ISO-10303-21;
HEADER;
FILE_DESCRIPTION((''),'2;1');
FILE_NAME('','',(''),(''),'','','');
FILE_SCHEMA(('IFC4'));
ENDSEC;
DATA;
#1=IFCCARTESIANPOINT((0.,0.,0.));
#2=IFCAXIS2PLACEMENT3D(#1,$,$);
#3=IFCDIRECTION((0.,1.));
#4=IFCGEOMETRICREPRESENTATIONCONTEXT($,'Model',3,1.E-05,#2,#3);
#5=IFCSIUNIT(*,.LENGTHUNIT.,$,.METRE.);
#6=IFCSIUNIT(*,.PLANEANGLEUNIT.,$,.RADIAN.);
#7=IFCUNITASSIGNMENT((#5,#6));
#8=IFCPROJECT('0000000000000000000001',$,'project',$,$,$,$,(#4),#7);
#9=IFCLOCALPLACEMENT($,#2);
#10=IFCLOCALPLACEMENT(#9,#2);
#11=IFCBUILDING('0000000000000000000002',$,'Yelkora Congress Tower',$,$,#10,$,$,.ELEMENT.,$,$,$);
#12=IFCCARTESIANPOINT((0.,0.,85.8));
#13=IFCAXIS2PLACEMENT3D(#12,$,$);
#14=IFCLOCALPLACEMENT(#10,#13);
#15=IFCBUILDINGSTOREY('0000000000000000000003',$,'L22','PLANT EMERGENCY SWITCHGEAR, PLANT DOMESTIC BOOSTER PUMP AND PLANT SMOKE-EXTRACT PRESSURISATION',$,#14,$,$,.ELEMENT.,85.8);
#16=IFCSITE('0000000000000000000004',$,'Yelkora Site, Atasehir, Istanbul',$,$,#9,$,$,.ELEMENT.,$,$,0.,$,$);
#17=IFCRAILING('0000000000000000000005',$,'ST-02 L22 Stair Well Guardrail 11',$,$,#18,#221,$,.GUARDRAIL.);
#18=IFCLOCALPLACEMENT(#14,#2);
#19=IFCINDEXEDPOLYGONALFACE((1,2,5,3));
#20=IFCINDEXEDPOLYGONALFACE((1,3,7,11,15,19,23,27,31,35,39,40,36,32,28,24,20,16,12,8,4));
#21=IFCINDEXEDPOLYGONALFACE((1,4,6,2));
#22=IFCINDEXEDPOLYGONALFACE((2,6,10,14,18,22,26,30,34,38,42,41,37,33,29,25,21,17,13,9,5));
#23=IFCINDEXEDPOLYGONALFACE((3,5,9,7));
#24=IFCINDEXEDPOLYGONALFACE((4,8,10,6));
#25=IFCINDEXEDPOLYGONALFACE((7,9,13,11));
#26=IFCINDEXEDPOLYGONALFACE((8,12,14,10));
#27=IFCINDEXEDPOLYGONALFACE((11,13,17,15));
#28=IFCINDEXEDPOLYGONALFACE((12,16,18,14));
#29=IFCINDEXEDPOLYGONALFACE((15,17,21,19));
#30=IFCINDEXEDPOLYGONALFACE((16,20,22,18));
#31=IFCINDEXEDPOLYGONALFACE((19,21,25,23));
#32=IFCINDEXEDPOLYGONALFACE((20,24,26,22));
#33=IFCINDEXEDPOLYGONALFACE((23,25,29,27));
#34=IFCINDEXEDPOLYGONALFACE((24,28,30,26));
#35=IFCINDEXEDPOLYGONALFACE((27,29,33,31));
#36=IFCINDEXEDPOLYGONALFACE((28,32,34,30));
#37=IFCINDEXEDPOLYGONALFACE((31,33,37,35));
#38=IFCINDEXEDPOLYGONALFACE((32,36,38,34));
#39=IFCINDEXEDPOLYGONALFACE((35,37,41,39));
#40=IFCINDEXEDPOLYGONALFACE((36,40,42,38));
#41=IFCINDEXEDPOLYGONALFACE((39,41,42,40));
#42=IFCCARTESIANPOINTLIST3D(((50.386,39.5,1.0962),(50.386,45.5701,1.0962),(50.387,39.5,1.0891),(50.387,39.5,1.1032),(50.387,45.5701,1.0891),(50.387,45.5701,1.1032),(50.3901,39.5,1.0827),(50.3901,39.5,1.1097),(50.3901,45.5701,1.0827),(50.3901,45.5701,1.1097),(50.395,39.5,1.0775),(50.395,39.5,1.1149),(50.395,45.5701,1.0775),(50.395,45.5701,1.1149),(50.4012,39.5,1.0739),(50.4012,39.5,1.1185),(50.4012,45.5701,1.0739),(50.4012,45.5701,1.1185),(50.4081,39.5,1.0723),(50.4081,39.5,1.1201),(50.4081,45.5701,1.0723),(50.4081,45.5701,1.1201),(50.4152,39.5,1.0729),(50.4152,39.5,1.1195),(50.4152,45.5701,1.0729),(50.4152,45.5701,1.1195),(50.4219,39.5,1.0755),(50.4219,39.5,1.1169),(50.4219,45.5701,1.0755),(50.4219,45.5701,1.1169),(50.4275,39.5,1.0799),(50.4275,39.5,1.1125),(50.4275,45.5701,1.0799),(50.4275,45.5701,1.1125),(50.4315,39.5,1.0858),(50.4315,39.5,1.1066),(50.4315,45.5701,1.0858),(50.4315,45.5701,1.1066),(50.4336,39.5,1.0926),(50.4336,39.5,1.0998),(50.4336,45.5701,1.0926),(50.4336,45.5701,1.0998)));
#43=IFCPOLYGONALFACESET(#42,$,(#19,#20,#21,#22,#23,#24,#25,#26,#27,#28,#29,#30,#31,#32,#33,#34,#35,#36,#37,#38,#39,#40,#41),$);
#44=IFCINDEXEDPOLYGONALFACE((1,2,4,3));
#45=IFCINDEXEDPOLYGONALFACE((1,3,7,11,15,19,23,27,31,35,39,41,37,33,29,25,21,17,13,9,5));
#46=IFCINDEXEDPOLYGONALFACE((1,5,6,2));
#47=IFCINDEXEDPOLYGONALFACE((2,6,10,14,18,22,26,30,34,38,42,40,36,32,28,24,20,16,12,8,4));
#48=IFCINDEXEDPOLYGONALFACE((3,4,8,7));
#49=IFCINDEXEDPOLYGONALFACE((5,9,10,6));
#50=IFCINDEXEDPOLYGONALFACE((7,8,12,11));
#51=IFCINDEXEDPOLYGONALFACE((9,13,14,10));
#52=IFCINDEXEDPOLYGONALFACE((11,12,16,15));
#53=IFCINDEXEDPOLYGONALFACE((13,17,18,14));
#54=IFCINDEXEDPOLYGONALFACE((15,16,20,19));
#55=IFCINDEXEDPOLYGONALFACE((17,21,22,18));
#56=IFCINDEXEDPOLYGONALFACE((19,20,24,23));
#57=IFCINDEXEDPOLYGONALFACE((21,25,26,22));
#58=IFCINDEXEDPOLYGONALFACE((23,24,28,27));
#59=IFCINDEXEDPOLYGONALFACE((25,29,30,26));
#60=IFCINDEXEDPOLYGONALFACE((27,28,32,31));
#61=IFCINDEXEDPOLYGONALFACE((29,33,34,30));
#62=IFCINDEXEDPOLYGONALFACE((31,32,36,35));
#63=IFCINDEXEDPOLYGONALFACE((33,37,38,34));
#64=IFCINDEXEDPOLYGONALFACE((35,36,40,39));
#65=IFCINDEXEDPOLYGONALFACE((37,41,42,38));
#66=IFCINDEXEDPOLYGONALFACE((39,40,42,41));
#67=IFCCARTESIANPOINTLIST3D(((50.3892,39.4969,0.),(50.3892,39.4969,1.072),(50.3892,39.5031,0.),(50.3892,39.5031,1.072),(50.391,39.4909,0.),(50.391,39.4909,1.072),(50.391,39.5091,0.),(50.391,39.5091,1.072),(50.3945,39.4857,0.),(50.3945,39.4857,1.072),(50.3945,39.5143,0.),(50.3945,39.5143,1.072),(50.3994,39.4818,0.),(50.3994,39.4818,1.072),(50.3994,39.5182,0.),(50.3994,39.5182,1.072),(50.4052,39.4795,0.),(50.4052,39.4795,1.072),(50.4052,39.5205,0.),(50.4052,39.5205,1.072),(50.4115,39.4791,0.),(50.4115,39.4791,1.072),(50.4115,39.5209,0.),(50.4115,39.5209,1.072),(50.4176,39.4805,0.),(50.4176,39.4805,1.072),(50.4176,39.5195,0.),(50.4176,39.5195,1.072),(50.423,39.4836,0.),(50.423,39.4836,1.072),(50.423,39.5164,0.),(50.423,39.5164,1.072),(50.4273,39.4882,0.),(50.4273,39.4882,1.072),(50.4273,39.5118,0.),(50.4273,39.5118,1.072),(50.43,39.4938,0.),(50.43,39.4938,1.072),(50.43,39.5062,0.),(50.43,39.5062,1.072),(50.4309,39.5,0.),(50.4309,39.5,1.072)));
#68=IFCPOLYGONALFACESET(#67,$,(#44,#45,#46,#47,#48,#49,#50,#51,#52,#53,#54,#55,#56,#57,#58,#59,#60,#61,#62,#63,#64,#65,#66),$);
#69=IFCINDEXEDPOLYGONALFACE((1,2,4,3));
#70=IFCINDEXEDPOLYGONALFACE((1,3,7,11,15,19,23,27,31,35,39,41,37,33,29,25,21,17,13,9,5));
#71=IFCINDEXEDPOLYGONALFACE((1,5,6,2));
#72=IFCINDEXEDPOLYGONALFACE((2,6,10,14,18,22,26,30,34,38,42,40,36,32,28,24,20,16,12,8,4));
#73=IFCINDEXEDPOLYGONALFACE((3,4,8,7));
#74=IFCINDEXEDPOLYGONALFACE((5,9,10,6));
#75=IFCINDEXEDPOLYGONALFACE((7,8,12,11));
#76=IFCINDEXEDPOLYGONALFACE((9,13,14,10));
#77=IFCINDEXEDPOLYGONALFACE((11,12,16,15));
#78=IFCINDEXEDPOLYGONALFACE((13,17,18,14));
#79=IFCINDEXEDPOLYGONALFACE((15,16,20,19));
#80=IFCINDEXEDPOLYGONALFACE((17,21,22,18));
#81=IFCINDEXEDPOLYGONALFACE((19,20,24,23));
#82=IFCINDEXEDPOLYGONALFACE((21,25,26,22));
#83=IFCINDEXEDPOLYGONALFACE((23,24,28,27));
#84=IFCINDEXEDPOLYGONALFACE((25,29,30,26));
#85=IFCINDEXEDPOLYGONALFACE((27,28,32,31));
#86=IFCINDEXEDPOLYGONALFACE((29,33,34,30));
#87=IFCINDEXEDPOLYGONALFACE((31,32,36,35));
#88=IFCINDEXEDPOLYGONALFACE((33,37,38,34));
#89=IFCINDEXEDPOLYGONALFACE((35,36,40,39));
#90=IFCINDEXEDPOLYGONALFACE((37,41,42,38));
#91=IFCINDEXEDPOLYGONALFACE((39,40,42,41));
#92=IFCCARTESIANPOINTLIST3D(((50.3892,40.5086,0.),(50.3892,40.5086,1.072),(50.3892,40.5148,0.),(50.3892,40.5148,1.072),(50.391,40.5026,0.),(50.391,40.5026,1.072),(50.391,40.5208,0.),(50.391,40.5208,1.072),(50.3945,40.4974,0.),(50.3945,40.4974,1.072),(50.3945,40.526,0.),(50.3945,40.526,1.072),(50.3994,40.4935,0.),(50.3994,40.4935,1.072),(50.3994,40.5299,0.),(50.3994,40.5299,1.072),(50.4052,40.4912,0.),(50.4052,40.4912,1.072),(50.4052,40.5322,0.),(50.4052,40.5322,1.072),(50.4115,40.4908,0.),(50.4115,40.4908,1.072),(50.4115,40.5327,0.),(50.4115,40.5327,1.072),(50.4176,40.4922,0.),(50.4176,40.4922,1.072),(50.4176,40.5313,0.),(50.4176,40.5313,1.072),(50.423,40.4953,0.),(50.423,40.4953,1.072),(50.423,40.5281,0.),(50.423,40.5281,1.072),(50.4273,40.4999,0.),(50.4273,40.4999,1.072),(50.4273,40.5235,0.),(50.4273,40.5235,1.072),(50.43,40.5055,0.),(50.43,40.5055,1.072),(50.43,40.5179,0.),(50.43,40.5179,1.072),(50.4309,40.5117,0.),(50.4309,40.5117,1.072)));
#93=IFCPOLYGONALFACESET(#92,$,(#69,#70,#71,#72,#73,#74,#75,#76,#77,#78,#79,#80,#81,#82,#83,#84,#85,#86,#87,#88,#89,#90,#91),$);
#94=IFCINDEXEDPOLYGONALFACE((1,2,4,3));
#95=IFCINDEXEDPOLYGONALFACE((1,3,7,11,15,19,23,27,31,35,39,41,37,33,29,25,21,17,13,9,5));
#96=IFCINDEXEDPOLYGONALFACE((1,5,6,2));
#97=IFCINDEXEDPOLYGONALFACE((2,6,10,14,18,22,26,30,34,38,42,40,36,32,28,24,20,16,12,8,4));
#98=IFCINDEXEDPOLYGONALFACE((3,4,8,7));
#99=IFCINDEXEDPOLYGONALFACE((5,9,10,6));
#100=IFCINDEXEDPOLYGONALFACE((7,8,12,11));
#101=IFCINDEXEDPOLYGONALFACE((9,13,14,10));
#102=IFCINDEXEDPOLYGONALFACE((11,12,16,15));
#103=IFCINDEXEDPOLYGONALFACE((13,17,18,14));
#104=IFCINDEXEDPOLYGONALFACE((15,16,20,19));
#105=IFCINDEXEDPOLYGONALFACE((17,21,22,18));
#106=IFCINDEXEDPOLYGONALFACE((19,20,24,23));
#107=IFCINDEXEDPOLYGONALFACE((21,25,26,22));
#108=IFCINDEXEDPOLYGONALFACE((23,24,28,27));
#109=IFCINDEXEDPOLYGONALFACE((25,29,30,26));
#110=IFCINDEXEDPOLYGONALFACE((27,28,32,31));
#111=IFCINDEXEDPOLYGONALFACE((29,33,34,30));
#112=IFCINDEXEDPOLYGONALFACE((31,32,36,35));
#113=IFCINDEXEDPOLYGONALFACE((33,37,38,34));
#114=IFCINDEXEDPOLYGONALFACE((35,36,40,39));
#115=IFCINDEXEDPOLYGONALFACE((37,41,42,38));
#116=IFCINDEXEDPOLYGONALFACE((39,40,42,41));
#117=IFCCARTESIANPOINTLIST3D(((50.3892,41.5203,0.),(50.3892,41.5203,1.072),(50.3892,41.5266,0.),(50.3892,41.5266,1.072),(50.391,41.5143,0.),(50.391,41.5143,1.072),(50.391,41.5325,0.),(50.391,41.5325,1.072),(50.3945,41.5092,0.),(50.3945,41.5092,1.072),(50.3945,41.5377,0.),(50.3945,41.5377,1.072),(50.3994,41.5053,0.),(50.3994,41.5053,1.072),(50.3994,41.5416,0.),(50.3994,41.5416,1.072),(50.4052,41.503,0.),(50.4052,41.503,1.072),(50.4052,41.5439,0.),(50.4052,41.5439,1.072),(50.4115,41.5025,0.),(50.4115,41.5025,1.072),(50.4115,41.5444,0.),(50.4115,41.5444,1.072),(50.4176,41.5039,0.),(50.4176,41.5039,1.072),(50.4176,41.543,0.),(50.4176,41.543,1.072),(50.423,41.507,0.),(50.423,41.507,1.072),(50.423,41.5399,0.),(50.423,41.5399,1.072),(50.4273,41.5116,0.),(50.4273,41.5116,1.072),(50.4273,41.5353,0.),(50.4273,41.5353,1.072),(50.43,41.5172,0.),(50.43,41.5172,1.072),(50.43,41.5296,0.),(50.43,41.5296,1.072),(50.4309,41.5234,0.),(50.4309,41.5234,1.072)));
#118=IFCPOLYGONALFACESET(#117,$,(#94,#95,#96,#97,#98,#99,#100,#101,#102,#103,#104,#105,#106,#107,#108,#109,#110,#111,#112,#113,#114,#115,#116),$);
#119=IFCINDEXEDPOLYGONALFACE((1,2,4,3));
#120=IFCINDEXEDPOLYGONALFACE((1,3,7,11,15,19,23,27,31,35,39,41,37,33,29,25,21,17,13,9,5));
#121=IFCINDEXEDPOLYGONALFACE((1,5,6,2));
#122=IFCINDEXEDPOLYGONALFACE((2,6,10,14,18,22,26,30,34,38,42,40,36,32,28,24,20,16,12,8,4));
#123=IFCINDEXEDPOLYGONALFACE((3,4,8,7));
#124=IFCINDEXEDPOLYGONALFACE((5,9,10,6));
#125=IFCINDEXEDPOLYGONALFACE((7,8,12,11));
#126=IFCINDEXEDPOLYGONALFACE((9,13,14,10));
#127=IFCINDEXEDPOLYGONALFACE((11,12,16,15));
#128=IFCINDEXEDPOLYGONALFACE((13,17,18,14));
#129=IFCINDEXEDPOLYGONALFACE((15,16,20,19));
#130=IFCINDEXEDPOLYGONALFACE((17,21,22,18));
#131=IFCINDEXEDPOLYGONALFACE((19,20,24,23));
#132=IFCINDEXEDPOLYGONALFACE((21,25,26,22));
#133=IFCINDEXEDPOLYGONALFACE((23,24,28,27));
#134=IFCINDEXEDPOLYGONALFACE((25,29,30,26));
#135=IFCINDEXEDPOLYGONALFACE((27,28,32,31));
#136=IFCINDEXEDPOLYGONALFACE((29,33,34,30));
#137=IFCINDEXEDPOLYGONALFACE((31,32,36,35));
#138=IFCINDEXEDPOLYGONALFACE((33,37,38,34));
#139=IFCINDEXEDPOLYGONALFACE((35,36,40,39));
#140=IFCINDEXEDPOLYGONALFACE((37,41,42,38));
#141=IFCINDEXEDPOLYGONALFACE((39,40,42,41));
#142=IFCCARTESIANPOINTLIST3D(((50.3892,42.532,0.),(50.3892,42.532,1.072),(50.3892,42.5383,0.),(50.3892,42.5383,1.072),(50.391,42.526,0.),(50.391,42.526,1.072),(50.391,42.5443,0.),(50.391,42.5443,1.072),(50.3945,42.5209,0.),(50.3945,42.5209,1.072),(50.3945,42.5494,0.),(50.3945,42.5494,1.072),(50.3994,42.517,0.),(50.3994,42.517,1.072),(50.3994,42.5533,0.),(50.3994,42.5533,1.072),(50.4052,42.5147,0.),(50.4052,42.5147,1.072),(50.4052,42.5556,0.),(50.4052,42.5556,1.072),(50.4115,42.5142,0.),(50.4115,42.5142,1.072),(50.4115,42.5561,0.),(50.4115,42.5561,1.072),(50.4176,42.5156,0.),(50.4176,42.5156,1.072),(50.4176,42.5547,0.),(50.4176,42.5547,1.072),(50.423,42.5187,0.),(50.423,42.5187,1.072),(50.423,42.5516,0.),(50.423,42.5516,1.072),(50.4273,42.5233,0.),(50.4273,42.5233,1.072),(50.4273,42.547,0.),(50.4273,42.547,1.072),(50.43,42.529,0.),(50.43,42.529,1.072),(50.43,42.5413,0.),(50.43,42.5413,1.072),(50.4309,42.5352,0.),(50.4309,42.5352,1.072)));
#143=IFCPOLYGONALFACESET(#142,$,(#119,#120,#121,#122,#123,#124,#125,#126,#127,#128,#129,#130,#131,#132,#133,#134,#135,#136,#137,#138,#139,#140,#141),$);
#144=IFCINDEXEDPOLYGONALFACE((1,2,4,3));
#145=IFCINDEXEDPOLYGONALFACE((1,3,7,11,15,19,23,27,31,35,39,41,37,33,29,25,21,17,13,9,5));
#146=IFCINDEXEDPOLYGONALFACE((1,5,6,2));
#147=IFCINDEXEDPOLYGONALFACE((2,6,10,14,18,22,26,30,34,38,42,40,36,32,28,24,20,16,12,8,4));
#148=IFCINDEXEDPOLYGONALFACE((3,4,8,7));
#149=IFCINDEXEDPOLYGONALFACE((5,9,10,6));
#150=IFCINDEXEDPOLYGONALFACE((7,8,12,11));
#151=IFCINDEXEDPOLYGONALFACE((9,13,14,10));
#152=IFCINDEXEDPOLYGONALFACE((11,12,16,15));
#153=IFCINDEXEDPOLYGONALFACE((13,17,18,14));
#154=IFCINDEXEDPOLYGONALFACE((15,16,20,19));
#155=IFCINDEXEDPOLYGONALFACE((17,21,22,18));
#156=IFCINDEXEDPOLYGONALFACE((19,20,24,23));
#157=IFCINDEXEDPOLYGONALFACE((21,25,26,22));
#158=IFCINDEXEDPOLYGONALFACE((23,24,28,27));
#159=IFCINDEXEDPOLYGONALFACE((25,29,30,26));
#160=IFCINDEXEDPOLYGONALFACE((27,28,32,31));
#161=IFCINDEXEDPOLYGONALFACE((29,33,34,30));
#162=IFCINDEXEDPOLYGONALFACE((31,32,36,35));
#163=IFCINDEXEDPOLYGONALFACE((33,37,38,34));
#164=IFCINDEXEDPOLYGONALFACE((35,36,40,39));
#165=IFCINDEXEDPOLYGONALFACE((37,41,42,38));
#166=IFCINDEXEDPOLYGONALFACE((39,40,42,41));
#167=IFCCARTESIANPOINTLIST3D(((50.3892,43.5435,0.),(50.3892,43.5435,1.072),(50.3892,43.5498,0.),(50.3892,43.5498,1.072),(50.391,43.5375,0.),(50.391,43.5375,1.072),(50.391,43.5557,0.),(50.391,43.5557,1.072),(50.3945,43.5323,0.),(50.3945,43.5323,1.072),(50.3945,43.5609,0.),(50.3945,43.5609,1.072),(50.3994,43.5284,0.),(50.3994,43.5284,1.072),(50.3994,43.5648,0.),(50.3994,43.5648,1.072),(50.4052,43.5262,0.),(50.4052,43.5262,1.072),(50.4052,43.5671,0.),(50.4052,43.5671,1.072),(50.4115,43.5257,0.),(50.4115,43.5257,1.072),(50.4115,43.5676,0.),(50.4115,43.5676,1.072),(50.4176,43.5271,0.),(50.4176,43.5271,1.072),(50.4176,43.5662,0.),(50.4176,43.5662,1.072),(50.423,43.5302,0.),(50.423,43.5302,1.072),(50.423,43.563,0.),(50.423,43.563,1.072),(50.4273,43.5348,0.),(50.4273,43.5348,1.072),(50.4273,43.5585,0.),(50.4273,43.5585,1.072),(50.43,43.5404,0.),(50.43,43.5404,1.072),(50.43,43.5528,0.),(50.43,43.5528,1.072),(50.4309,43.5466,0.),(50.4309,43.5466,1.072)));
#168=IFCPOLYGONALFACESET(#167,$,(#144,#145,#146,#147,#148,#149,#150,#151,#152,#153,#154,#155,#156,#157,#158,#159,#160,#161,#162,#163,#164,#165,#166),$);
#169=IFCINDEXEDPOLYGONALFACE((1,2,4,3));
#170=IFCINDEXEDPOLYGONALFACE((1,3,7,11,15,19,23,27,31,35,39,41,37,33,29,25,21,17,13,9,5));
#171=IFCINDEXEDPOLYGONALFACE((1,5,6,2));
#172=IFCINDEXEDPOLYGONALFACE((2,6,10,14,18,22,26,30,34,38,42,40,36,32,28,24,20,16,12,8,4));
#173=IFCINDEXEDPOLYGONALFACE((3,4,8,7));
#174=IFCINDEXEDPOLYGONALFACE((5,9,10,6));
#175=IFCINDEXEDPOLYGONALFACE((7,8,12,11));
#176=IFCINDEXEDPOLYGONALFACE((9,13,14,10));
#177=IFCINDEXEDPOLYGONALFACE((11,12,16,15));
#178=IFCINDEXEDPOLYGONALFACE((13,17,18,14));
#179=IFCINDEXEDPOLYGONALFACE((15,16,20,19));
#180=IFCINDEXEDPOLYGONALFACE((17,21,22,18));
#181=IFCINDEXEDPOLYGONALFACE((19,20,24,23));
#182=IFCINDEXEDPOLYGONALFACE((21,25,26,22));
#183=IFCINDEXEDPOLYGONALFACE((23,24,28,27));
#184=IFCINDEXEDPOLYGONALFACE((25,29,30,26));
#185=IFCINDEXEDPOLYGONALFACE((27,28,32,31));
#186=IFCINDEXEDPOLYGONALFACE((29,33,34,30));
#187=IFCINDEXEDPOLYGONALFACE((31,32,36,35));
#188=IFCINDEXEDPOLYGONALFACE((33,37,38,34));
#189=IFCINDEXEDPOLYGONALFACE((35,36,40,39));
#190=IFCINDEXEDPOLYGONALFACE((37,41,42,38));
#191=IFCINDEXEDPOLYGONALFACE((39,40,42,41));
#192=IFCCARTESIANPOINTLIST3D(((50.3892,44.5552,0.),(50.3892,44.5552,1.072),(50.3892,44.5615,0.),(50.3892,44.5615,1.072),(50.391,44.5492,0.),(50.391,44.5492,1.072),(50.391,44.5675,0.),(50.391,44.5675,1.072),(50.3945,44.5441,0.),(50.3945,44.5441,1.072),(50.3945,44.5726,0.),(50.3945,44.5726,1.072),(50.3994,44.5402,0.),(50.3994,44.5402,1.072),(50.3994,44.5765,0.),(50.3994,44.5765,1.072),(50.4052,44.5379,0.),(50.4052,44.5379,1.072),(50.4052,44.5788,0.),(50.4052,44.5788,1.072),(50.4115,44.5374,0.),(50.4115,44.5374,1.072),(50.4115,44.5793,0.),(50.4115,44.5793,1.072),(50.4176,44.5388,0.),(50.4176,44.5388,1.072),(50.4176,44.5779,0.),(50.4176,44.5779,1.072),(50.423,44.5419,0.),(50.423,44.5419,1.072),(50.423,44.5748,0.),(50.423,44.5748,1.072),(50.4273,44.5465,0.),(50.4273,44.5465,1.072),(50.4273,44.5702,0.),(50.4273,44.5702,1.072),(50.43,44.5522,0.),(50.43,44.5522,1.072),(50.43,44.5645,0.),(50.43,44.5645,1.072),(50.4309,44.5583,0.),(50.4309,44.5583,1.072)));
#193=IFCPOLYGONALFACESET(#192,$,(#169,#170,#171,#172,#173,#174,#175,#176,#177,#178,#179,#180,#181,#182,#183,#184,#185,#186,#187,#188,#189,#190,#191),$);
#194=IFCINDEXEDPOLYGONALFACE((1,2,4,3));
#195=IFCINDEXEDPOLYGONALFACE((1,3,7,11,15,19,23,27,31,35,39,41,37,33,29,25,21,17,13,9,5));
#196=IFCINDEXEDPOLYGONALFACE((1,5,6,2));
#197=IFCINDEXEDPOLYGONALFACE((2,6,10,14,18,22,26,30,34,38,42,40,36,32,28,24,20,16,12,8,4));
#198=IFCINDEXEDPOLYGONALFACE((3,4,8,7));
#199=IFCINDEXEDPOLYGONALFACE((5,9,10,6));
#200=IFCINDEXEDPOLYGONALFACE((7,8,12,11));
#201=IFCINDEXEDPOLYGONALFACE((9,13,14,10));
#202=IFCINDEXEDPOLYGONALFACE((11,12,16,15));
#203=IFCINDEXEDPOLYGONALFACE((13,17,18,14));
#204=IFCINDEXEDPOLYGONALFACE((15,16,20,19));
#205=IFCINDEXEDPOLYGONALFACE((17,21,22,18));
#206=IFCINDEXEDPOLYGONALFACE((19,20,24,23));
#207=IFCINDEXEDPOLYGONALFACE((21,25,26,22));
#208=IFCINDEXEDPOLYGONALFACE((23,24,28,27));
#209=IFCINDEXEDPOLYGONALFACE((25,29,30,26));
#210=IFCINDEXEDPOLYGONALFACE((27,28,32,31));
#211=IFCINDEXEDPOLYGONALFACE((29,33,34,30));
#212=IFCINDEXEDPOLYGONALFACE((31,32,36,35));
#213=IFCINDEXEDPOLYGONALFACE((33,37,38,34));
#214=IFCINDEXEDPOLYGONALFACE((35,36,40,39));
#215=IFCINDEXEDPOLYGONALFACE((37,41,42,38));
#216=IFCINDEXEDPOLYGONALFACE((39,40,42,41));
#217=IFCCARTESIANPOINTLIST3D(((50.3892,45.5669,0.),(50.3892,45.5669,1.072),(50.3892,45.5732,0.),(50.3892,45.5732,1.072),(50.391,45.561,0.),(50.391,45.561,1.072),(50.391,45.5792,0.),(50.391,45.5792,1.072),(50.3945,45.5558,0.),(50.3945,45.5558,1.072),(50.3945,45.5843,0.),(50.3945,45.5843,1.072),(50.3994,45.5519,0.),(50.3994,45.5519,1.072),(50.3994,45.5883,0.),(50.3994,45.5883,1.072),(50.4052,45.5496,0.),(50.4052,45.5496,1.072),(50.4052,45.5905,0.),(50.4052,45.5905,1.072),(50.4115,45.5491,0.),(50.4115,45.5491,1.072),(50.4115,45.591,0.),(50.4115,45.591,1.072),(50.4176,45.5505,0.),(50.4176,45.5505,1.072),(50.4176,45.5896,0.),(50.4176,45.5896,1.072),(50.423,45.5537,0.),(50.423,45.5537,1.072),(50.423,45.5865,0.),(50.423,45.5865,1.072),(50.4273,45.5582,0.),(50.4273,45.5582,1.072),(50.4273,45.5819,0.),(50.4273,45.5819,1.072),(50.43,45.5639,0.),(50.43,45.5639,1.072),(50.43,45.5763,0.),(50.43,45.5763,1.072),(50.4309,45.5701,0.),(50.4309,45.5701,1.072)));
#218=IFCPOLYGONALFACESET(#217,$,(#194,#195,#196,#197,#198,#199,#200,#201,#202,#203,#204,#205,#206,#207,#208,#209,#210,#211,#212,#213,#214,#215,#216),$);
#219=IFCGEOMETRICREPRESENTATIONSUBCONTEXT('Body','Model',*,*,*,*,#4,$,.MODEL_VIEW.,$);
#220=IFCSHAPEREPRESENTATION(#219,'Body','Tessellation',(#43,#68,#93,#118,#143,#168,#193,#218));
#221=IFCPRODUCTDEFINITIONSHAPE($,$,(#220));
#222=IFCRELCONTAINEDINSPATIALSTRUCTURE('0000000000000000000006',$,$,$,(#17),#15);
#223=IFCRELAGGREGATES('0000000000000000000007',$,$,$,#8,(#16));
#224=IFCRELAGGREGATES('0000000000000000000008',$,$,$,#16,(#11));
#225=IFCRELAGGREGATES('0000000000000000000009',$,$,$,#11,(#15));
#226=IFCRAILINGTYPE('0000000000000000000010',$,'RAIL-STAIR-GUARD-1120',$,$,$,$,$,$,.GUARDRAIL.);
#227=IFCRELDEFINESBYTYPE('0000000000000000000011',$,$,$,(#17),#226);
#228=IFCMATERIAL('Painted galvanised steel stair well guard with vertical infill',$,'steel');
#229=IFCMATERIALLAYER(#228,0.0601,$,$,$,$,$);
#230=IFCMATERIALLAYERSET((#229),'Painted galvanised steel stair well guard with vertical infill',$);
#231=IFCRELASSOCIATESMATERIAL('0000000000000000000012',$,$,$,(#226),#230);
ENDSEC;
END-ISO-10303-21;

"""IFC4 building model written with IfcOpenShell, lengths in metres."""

from ifc_helpers import new_model, si_unit, direction, frame, origin, origin_2d, place, context, subcontext, project, spatial, circle, extrude, material, layer, layer_set, type_object, element, save


model = new_model("IFC4")

# Units and contexts
model_context = context("Model", 3, precision=1e-05, world=origin(), true_north=direction((0.0, 1.0)))
body_context = subcontext(model_context, "Body", "Model", "MODEL_VIEW")
ifc_project = project(units=[si_unit("LENGTHUNIT", "METRE"), si_unit("PLANEANGLEUNIT", "RADIAN")], contexts=[model_context])

# Site, building, storey
site_placement = place(None, origin())
site = spatial("IfcSite", under=ifc_project, at=site_placement, Name="Yelkora Site, Atasehir, Istanbul", CompositionType="ELEMENT", RefElevation=0.0)
building_placement = place(site_placement, origin())
building = spatial("IfcBuilding", under=site, at=building_placement, Name="Yelkora Congress Tower", CompositionType="ELEMENT")
storey_placement = place(building_placement, frame((0.0, 0.0, 85.8)))
storey = spatial("IfcBuildingStorey", under=building, at=storey_placement, Name="L22", Description="PLANT EMERGENCY SWITCHGEAR, PLANT DOMESTIC BOOSTER PUMP AND PLANT SMOKE-EXTRACT PRESSURISATION", CompositionType="ELEMENT", Elevation=85.8)

# Railing
ifc_material_1 = material(Name="Painted galvanised steel stair well guard with vertical infill", Category="steel")
ifc_layer_1 = layer(ifc_material_1, 0.0601)
ifc_layer_set_1 = layer_set([ifc_layer_1], Name="Painted galvanised steel stair well guard with vertical infill")
railing_type = type_object("IfcRailingType", Name="RAIL-STAIR-GUARD-1120", PredefinedType="GUARDRAIL", material=ifc_layer_set_1)
railing_placement = place(storey_placement, frame((50.4099, 39.5, 0.0)))
element("IfcRailing", 1, at=railing_placement, inside=storey, type_object=railing_type, Name="ST-02 L22 Stair Well Guardrail 11", PredefinedType="GUARDRAIL", context=body_context, shape_type="SweptSolid", body=[
    extrude(circle(Radius=0.0239, at=origin_2d()), frame((0.0, 0.0, 1.0962), z_axis=(0.0, 1.0, 0.0), x_axis=(-1.0, 0.0, 0.0)), (0.0, 0.0, 1.0), 6.0701),
    extrude(circle(Radius=0.021, at=origin_2d()), origin(), (0.0, 0.0, 1.0), 1.072),
    extrude(circle(Radius=0.021, at=origin_2d()), frame((0.0, 1.0117, 0.0)), (0.0, 0.0, 1.0), 1.072),
    extrude(circle(Radius=0.021, at=origin_2d()), frame((0.0, 2.0234, 0.0)), (0.0, 0.0, 1.0), 1.072),
    extrude(circle(Radius=0.021, at=origin_2d()), frame((0.0, 3.0352, 0.0)), (0.0, 0.0, 1.0), 1.072),
    extrude(circle(Radius=0.021, at=origin_2d()), frame((0.0, 4.0466, 0.0)), (0.0, 0.0, 1.0), 1.072),
    extrude(circle(Radius=0.021, at=origin_2d()), frame((0.0, 5.0583, 0.0)), (0.0, 0.0, 1.0), 1.072),
    extrude(circle(Radius=0.021, at=origin_2d()), frame((0.0, 6.0701, 0.0)), (0.0, 0.0, 1.0), 1.072),
])

save(model, "model.ifc")
